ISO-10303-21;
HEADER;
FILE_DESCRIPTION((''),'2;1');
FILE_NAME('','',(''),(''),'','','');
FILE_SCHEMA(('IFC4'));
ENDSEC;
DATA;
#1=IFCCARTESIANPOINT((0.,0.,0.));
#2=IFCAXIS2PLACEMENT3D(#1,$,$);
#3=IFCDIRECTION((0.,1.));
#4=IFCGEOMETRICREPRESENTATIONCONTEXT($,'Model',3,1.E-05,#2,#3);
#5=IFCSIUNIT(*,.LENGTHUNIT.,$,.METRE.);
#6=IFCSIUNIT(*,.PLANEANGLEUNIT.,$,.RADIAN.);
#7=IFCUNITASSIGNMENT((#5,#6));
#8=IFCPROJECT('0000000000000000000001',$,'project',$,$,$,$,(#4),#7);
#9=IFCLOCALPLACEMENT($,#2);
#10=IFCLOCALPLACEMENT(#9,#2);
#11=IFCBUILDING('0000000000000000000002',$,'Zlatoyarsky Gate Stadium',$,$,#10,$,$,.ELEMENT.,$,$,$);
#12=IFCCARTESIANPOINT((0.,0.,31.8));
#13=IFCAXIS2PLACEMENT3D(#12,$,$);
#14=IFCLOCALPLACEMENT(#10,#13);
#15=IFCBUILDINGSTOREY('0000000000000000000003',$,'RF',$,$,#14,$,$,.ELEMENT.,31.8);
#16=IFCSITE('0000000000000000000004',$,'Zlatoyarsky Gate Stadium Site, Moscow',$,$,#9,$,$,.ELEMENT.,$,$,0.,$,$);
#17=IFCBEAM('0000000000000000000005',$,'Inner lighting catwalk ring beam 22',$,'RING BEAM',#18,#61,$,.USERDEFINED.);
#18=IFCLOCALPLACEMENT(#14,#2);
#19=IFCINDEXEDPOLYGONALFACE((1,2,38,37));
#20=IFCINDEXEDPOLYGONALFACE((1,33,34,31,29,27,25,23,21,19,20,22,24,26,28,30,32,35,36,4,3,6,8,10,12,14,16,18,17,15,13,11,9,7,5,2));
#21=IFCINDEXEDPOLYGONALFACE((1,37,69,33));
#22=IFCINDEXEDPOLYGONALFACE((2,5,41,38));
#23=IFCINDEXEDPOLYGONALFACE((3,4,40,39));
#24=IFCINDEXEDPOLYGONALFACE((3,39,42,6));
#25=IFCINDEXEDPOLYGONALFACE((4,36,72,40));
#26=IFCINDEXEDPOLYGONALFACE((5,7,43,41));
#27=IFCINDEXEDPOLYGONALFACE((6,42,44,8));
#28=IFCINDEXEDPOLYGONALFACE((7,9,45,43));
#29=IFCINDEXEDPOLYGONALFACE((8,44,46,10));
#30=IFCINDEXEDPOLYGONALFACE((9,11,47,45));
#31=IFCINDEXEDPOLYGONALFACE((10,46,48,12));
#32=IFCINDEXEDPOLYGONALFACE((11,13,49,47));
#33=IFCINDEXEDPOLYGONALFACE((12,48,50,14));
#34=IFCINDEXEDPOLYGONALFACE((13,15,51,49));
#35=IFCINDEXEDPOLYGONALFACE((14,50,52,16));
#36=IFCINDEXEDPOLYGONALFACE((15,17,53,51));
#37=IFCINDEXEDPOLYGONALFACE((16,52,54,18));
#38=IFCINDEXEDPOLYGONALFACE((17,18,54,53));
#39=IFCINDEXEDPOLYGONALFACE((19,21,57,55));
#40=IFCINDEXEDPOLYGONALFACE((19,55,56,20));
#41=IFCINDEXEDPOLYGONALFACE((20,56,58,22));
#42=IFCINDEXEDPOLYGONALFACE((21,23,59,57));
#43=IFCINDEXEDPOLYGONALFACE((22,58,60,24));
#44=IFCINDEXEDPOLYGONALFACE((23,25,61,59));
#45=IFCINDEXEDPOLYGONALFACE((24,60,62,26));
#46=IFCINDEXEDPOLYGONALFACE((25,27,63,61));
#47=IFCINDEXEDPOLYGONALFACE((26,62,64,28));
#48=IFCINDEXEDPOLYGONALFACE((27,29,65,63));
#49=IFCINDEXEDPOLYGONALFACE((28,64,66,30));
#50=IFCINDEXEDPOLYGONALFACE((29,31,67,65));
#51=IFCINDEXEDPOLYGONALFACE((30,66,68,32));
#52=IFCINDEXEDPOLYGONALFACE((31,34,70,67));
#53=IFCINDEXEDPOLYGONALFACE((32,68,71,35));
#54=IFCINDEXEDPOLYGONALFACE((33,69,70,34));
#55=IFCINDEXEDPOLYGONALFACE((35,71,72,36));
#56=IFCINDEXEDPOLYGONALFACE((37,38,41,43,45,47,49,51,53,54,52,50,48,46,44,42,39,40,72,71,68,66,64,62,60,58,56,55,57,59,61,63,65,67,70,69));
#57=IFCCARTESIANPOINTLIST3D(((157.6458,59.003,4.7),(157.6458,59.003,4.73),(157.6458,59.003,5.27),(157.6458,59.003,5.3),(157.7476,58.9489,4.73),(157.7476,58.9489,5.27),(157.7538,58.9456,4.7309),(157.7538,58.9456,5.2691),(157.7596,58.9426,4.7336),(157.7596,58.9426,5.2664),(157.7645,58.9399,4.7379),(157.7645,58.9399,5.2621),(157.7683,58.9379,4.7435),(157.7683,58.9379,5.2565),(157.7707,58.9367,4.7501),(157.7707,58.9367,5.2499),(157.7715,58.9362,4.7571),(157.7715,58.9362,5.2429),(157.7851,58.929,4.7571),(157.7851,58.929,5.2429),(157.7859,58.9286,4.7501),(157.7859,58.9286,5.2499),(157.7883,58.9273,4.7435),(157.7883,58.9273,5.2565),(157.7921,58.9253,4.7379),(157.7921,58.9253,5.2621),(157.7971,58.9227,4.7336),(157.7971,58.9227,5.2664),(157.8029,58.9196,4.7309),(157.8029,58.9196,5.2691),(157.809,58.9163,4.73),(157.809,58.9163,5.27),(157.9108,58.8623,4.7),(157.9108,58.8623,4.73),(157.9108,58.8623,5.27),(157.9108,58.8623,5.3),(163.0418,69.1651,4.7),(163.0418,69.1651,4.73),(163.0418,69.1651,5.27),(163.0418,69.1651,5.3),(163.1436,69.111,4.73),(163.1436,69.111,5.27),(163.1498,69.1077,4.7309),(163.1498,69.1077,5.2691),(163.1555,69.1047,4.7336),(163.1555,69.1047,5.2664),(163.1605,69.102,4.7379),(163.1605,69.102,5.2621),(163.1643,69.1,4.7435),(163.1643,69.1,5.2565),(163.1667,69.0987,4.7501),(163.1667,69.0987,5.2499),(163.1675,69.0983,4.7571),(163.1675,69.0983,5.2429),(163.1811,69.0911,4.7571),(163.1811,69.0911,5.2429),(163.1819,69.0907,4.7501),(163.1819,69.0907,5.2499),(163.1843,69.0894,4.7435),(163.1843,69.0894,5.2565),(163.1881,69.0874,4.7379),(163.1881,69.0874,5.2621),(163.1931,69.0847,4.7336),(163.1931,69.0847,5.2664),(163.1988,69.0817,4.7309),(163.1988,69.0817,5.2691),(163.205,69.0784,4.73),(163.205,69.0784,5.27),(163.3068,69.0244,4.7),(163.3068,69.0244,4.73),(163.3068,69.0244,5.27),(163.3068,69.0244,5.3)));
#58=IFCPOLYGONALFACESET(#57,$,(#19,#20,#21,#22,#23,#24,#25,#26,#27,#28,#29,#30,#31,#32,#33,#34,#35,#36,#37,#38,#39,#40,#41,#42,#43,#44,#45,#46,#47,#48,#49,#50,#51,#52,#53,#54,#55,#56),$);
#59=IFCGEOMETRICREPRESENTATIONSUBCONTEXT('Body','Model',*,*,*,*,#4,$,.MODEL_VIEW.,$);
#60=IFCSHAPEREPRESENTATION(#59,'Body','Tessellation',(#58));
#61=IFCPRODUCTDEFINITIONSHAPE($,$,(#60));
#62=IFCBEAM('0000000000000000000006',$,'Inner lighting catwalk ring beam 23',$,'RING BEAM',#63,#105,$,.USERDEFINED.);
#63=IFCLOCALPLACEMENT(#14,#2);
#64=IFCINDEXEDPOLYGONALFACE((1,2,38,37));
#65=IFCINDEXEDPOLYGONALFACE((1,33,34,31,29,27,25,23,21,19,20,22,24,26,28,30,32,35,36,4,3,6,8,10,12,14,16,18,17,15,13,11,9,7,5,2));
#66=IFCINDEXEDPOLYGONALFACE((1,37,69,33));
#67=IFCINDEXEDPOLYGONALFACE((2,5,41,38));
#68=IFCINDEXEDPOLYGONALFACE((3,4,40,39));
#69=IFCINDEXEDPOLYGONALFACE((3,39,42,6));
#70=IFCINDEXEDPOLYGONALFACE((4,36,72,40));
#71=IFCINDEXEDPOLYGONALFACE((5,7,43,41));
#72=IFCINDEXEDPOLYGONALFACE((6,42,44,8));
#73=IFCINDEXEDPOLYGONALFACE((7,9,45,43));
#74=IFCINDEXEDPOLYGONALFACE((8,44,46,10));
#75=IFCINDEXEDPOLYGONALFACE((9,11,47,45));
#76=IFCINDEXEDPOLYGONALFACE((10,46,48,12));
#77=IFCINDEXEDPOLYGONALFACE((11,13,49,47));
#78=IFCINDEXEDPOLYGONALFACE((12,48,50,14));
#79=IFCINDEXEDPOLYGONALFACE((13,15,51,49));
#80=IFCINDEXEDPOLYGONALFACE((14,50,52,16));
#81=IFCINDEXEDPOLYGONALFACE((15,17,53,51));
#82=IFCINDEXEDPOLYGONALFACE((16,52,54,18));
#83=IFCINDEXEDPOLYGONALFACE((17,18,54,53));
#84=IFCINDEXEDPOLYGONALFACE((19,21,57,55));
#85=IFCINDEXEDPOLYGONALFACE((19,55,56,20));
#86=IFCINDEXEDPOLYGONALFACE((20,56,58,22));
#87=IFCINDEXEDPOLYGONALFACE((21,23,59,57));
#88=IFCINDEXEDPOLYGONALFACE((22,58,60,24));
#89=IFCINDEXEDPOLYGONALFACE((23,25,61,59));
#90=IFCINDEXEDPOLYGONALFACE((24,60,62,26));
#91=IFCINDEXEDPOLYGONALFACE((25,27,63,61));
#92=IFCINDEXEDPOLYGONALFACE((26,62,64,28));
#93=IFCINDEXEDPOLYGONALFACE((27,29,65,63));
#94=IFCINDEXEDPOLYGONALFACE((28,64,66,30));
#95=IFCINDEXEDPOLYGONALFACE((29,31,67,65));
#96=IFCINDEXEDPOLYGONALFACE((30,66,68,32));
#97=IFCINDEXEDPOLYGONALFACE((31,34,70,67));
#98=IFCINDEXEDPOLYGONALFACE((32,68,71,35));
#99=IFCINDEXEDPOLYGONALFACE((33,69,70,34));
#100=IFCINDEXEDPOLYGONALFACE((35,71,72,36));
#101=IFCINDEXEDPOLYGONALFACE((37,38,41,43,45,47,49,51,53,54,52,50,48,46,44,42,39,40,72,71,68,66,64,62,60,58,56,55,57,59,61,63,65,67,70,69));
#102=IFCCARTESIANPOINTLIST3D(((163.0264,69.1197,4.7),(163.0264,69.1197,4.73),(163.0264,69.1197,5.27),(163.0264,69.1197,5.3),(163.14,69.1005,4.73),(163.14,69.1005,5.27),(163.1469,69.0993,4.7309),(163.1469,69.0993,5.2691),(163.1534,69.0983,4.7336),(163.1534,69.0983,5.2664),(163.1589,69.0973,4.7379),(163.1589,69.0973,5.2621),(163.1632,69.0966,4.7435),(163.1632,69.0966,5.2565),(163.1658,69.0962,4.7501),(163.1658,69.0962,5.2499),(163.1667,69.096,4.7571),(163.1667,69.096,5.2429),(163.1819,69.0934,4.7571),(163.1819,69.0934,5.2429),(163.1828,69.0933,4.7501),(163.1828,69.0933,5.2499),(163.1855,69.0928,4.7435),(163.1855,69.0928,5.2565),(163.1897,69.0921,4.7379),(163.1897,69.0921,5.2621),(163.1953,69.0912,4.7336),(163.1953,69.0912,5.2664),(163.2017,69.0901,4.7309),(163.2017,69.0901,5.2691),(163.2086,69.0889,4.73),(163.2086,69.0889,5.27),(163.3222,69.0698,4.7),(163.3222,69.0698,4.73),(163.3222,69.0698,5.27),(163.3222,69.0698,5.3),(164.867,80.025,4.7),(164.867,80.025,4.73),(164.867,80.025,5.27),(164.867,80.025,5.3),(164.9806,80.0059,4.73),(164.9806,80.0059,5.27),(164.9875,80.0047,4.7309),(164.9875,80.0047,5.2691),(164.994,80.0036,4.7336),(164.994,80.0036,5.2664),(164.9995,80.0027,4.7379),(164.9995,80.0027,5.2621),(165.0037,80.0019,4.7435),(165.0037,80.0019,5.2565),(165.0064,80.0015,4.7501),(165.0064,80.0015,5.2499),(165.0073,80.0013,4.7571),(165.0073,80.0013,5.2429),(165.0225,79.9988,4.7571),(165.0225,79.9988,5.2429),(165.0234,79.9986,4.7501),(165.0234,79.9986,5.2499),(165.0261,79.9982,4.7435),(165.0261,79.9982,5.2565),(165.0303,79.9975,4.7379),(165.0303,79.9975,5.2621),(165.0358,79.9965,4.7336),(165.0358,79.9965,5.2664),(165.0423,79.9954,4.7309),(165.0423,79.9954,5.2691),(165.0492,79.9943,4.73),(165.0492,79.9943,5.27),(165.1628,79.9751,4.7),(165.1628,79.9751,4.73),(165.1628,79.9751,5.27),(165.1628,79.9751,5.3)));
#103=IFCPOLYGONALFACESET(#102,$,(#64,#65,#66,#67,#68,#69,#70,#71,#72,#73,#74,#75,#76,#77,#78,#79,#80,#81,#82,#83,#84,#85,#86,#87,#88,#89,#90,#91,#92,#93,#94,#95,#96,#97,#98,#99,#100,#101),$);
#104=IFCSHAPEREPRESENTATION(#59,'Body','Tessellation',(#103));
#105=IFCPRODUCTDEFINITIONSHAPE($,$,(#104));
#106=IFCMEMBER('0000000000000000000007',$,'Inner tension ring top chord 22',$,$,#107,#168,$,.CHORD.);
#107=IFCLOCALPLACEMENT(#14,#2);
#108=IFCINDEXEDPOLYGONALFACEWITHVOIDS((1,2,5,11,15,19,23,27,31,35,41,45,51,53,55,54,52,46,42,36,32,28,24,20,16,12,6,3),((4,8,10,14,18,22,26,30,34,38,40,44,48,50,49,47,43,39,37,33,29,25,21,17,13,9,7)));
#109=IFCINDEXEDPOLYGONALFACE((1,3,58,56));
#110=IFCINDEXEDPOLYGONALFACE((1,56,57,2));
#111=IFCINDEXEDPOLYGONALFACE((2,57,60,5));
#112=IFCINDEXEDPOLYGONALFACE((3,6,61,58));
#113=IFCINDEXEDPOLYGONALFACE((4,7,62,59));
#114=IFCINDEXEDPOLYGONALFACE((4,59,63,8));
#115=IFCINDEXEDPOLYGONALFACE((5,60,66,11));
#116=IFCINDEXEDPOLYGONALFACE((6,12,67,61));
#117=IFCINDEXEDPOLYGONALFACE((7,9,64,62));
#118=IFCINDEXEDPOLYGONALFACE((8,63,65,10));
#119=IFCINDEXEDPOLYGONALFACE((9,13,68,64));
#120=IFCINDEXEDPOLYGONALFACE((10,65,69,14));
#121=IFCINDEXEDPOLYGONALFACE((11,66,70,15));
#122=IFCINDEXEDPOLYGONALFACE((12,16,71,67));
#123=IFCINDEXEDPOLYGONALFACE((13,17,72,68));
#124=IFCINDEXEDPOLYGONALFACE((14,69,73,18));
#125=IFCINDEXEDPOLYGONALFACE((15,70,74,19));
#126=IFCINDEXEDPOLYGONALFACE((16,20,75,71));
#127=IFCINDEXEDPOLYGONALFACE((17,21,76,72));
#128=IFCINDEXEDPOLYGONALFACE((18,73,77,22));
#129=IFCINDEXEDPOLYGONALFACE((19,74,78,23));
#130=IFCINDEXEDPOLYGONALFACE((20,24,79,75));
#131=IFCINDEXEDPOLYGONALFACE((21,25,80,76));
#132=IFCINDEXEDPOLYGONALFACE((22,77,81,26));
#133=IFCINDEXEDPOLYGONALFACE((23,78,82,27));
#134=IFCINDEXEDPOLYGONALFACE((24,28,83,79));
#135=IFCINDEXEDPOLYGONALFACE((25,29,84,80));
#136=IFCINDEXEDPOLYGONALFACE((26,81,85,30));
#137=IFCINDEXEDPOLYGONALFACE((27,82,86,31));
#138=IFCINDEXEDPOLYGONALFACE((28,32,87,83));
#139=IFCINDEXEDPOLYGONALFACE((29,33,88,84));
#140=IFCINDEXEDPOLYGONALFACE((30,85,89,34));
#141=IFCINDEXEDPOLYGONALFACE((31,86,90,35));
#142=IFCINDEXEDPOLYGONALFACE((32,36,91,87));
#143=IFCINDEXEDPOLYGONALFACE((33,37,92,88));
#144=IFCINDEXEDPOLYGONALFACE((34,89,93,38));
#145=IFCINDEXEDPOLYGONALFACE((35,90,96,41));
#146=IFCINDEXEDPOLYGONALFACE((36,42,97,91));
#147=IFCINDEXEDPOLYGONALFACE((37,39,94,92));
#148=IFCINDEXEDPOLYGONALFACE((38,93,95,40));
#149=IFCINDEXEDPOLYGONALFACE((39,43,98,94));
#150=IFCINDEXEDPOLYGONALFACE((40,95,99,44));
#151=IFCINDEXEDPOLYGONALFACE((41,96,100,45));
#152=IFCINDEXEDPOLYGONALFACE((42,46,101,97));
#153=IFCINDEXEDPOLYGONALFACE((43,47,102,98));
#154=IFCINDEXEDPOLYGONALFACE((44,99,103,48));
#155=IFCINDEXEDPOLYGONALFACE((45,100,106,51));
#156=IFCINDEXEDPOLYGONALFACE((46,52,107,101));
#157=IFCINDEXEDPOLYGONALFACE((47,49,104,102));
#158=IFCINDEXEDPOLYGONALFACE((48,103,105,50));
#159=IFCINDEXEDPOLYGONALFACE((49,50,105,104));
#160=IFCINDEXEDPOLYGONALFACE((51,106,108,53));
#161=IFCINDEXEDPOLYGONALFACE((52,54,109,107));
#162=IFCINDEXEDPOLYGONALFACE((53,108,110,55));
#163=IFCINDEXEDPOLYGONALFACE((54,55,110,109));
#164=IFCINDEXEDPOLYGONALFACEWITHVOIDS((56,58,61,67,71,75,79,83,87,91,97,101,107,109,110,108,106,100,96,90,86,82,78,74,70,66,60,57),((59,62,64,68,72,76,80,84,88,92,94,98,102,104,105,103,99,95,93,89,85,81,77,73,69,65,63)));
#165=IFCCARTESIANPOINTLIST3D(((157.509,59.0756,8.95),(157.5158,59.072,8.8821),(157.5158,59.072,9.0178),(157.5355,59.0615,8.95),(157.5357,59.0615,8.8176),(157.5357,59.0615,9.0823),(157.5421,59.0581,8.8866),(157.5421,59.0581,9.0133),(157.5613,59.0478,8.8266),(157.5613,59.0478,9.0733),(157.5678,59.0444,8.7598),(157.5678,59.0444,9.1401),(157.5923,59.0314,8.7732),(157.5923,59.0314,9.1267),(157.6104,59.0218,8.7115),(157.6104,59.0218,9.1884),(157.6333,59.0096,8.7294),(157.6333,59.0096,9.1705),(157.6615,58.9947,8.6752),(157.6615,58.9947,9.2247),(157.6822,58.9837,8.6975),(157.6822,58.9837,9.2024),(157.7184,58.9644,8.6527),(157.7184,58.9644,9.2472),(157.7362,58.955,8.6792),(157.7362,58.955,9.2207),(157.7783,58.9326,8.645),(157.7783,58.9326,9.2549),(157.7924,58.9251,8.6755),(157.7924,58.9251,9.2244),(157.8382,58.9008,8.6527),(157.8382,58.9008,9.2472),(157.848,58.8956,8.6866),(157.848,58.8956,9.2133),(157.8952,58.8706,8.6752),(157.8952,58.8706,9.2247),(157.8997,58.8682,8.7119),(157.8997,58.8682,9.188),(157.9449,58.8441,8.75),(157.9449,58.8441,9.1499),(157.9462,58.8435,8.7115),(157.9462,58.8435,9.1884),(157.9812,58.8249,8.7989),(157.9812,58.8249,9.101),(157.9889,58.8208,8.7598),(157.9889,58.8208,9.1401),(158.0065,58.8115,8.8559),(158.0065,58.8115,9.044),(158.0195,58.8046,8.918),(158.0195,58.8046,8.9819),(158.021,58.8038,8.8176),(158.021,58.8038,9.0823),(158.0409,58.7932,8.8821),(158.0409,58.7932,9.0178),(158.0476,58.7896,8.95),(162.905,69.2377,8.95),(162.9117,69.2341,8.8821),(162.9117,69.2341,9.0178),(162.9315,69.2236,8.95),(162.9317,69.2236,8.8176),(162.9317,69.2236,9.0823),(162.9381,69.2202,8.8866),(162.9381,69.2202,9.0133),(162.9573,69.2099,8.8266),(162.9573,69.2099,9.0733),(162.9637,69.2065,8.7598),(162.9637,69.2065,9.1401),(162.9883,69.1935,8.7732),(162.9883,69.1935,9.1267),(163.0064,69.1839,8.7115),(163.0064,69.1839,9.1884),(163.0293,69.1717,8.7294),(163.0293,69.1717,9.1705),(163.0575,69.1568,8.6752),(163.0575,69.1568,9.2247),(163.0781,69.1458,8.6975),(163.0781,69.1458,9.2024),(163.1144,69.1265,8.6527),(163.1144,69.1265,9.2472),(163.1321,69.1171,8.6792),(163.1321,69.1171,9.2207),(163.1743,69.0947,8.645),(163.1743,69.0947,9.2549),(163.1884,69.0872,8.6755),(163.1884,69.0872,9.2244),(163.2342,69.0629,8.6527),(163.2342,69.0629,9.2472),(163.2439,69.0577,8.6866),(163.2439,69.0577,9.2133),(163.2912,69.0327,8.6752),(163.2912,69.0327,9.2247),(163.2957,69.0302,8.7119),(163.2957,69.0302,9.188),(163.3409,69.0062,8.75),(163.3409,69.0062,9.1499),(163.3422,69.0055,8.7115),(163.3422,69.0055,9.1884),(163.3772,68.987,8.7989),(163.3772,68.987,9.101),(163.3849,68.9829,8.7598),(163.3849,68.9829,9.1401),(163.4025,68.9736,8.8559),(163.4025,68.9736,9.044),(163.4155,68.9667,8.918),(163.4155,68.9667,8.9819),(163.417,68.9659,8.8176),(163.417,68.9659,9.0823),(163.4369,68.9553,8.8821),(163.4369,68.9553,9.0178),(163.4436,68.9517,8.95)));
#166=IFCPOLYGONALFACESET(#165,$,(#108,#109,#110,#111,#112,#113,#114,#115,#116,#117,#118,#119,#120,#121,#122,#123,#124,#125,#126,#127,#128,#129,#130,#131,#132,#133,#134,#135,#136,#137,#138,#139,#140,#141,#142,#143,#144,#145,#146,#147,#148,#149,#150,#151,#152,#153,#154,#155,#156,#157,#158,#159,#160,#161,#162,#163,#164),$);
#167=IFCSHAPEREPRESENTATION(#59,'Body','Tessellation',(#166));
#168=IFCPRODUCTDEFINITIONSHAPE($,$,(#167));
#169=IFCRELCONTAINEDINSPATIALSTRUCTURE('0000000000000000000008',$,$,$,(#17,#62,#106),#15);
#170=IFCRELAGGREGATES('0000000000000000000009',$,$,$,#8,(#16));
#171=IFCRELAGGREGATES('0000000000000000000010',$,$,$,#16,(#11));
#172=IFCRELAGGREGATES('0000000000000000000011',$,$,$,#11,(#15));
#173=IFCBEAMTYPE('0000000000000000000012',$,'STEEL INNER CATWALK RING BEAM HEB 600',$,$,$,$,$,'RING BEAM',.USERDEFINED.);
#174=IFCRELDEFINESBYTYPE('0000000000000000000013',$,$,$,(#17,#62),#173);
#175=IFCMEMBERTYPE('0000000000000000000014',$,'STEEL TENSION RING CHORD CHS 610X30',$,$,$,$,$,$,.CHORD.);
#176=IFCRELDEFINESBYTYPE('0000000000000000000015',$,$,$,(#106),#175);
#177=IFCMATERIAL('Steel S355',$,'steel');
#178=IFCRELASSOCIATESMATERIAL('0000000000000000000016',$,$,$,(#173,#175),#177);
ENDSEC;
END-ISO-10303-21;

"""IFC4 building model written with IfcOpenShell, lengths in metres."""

from ifc_helpers import new_model, si_unit, direction, frame, origin, origin_2d, place, context, subcontext, project, spatial, hollow_circle, i_section, extrude, material, material_profile, profile_set, type_object, element, save


model = new_model("IFC4")

# Units and contexts
model_context = context("Model", 3, precision=1e-05, world=origin(), true_north=direction((0.0, 1.0)))
body_context = subcontext(model_context, "Body", "Model", "MODEL_VIEW")
ifc_project = project(units=[si_unit("LENGTHUNIT", "METRE"), si_unit("PLANEANGLEUNIT", "RADIAN")], contexts=[model_context])

# Site, building, storey
site_placement = place(None, origin())
site = spatial("IfcSite", under=ifc_project, at=site_placement, Name="Zlatoyarsky Gate Stadium Site, Moscow", CompositionType="ELEMENT", RefElevation=0.0)
building_placement = place(site_placement, origin())
building = spatial("IfcBuilding", under=site, at=building_placement, Name="Zlatoyarsky Gate Stadium", CompositionType="ELEMENT")
storey_placement = place(building_placement, frame((0.0, 0.0, 31.8)))
storey = spatial("IfcBuildingStorey", under=building, at=storey_placement, Name="RF", CompositionType="ELEMENT", Elevation=31.8)

# Shared definitions
ifc_material = material(Name="Steel S355", Category="steel")

# Beams
ifc_material_profile_1 = material_profile(ifc_material, i_section(OverallWidth=0.3, OverallDepth=0.6001, WebThickness=0.0154, FlangeThickness=0.03, FilletRadius=0.0271, at=origin_2d()), Name="HEB 600")
ifc_profile_set_1 = profile_set([ifc_material_profile_1], Name="Steel S355")
beam_type = type_object("IfcBeamType", Name="STEEL INNER CATWALK RING BEAM HEB 600", ElementType="RING BEAM", PredefinedType="USERDEFINED", material=ifc_profile_set_1)
beam_1_placement = place(storey_placement, frame((157.7783, 58.9326, 5.0), z_axis=(0.468977, 0.88321, 0.0), x_axis=(-0.88321, 0.468977, 0.0)))
element("IfcBeam", 1, at=beam_1_placement, inside=storey, type_object=beam_type, Name="Inner lighting catwalk ring beam 22", ObjectType="RING BEAM", PredefinedType="USERDEFINED", context=body_context, shape_type="SweptSolid", body=[
    extrude(i_section(OverallWidth=0.3, OverallDepth=0.6001, WebThickness=0.0154, FlangeThickness=0.03, FilletRadius=0.0271, at=origin_2d()), origin(), (0.0, 0.0, 1.0), 11.5059),
])
beam_2_placement = place(storey_placement, frame((163.1743, 69.0947, 5.0), z_axis=(0.166425, 0.986054, 0.0), x_axis=(-0.986054, 0.166425, 0.0)))
element("IfcBeam", 2, at=beam_2_placement, inside=storey, type_object=beam_type, Name="Inner lighting catwalk ring beam 23", ObjectType="RING BEAM", PredefinedType="USERDEFINED", context=body_context, shape_type="SweptSolid", body=[
    extrude(i_section(OverallWidth=0.3, OverallDepth=0.6001, WebThickness=0.0154, FlangeThickness=0.03, FilletRadius=0.0271, at=origin_2d()), origin(), (0.0, 0.0, 1.0), 11.0596),
])

# Member
ifc_material_profile_2 = material_profile(ifc_material, hollow_circle(Radius=0.3049, WallThickness=0.03, at=origin_2d()), Name="CHS 610X30")
ifc_profile_set_2 = profile_set([ifc_material_profile_2], Name="Steel S355")
member_type_1 = type_object("IfcMemberType", Name="STEEL TENSION RING CHORD CHS 610X30", PredefinedType="CHORD", material=ifc_profile_set_2)
member_1_placement = place(storey_placement, frame((157.7783, 58.9326, 8.95), z_axis=(0.468977, 0.88321, 0.0), x_axis=(-0.88321, 0.468977, 0.0)))
element("IfcMember", 3, at=member_1_placement, inside=storey, type_object=member_type_1, Name="Inner tension ring top chord 22", PredefinedType="CHORD", context=body_context, shape_type="SweptSolid", body=[
    extrude(hollow_circle(Radius=0.3049, WallThickness=0.03, at=origin_2d()), origin(), (0.0, 0.0, 1.0), 11.5059),
])

save(model, "model.ifc")
